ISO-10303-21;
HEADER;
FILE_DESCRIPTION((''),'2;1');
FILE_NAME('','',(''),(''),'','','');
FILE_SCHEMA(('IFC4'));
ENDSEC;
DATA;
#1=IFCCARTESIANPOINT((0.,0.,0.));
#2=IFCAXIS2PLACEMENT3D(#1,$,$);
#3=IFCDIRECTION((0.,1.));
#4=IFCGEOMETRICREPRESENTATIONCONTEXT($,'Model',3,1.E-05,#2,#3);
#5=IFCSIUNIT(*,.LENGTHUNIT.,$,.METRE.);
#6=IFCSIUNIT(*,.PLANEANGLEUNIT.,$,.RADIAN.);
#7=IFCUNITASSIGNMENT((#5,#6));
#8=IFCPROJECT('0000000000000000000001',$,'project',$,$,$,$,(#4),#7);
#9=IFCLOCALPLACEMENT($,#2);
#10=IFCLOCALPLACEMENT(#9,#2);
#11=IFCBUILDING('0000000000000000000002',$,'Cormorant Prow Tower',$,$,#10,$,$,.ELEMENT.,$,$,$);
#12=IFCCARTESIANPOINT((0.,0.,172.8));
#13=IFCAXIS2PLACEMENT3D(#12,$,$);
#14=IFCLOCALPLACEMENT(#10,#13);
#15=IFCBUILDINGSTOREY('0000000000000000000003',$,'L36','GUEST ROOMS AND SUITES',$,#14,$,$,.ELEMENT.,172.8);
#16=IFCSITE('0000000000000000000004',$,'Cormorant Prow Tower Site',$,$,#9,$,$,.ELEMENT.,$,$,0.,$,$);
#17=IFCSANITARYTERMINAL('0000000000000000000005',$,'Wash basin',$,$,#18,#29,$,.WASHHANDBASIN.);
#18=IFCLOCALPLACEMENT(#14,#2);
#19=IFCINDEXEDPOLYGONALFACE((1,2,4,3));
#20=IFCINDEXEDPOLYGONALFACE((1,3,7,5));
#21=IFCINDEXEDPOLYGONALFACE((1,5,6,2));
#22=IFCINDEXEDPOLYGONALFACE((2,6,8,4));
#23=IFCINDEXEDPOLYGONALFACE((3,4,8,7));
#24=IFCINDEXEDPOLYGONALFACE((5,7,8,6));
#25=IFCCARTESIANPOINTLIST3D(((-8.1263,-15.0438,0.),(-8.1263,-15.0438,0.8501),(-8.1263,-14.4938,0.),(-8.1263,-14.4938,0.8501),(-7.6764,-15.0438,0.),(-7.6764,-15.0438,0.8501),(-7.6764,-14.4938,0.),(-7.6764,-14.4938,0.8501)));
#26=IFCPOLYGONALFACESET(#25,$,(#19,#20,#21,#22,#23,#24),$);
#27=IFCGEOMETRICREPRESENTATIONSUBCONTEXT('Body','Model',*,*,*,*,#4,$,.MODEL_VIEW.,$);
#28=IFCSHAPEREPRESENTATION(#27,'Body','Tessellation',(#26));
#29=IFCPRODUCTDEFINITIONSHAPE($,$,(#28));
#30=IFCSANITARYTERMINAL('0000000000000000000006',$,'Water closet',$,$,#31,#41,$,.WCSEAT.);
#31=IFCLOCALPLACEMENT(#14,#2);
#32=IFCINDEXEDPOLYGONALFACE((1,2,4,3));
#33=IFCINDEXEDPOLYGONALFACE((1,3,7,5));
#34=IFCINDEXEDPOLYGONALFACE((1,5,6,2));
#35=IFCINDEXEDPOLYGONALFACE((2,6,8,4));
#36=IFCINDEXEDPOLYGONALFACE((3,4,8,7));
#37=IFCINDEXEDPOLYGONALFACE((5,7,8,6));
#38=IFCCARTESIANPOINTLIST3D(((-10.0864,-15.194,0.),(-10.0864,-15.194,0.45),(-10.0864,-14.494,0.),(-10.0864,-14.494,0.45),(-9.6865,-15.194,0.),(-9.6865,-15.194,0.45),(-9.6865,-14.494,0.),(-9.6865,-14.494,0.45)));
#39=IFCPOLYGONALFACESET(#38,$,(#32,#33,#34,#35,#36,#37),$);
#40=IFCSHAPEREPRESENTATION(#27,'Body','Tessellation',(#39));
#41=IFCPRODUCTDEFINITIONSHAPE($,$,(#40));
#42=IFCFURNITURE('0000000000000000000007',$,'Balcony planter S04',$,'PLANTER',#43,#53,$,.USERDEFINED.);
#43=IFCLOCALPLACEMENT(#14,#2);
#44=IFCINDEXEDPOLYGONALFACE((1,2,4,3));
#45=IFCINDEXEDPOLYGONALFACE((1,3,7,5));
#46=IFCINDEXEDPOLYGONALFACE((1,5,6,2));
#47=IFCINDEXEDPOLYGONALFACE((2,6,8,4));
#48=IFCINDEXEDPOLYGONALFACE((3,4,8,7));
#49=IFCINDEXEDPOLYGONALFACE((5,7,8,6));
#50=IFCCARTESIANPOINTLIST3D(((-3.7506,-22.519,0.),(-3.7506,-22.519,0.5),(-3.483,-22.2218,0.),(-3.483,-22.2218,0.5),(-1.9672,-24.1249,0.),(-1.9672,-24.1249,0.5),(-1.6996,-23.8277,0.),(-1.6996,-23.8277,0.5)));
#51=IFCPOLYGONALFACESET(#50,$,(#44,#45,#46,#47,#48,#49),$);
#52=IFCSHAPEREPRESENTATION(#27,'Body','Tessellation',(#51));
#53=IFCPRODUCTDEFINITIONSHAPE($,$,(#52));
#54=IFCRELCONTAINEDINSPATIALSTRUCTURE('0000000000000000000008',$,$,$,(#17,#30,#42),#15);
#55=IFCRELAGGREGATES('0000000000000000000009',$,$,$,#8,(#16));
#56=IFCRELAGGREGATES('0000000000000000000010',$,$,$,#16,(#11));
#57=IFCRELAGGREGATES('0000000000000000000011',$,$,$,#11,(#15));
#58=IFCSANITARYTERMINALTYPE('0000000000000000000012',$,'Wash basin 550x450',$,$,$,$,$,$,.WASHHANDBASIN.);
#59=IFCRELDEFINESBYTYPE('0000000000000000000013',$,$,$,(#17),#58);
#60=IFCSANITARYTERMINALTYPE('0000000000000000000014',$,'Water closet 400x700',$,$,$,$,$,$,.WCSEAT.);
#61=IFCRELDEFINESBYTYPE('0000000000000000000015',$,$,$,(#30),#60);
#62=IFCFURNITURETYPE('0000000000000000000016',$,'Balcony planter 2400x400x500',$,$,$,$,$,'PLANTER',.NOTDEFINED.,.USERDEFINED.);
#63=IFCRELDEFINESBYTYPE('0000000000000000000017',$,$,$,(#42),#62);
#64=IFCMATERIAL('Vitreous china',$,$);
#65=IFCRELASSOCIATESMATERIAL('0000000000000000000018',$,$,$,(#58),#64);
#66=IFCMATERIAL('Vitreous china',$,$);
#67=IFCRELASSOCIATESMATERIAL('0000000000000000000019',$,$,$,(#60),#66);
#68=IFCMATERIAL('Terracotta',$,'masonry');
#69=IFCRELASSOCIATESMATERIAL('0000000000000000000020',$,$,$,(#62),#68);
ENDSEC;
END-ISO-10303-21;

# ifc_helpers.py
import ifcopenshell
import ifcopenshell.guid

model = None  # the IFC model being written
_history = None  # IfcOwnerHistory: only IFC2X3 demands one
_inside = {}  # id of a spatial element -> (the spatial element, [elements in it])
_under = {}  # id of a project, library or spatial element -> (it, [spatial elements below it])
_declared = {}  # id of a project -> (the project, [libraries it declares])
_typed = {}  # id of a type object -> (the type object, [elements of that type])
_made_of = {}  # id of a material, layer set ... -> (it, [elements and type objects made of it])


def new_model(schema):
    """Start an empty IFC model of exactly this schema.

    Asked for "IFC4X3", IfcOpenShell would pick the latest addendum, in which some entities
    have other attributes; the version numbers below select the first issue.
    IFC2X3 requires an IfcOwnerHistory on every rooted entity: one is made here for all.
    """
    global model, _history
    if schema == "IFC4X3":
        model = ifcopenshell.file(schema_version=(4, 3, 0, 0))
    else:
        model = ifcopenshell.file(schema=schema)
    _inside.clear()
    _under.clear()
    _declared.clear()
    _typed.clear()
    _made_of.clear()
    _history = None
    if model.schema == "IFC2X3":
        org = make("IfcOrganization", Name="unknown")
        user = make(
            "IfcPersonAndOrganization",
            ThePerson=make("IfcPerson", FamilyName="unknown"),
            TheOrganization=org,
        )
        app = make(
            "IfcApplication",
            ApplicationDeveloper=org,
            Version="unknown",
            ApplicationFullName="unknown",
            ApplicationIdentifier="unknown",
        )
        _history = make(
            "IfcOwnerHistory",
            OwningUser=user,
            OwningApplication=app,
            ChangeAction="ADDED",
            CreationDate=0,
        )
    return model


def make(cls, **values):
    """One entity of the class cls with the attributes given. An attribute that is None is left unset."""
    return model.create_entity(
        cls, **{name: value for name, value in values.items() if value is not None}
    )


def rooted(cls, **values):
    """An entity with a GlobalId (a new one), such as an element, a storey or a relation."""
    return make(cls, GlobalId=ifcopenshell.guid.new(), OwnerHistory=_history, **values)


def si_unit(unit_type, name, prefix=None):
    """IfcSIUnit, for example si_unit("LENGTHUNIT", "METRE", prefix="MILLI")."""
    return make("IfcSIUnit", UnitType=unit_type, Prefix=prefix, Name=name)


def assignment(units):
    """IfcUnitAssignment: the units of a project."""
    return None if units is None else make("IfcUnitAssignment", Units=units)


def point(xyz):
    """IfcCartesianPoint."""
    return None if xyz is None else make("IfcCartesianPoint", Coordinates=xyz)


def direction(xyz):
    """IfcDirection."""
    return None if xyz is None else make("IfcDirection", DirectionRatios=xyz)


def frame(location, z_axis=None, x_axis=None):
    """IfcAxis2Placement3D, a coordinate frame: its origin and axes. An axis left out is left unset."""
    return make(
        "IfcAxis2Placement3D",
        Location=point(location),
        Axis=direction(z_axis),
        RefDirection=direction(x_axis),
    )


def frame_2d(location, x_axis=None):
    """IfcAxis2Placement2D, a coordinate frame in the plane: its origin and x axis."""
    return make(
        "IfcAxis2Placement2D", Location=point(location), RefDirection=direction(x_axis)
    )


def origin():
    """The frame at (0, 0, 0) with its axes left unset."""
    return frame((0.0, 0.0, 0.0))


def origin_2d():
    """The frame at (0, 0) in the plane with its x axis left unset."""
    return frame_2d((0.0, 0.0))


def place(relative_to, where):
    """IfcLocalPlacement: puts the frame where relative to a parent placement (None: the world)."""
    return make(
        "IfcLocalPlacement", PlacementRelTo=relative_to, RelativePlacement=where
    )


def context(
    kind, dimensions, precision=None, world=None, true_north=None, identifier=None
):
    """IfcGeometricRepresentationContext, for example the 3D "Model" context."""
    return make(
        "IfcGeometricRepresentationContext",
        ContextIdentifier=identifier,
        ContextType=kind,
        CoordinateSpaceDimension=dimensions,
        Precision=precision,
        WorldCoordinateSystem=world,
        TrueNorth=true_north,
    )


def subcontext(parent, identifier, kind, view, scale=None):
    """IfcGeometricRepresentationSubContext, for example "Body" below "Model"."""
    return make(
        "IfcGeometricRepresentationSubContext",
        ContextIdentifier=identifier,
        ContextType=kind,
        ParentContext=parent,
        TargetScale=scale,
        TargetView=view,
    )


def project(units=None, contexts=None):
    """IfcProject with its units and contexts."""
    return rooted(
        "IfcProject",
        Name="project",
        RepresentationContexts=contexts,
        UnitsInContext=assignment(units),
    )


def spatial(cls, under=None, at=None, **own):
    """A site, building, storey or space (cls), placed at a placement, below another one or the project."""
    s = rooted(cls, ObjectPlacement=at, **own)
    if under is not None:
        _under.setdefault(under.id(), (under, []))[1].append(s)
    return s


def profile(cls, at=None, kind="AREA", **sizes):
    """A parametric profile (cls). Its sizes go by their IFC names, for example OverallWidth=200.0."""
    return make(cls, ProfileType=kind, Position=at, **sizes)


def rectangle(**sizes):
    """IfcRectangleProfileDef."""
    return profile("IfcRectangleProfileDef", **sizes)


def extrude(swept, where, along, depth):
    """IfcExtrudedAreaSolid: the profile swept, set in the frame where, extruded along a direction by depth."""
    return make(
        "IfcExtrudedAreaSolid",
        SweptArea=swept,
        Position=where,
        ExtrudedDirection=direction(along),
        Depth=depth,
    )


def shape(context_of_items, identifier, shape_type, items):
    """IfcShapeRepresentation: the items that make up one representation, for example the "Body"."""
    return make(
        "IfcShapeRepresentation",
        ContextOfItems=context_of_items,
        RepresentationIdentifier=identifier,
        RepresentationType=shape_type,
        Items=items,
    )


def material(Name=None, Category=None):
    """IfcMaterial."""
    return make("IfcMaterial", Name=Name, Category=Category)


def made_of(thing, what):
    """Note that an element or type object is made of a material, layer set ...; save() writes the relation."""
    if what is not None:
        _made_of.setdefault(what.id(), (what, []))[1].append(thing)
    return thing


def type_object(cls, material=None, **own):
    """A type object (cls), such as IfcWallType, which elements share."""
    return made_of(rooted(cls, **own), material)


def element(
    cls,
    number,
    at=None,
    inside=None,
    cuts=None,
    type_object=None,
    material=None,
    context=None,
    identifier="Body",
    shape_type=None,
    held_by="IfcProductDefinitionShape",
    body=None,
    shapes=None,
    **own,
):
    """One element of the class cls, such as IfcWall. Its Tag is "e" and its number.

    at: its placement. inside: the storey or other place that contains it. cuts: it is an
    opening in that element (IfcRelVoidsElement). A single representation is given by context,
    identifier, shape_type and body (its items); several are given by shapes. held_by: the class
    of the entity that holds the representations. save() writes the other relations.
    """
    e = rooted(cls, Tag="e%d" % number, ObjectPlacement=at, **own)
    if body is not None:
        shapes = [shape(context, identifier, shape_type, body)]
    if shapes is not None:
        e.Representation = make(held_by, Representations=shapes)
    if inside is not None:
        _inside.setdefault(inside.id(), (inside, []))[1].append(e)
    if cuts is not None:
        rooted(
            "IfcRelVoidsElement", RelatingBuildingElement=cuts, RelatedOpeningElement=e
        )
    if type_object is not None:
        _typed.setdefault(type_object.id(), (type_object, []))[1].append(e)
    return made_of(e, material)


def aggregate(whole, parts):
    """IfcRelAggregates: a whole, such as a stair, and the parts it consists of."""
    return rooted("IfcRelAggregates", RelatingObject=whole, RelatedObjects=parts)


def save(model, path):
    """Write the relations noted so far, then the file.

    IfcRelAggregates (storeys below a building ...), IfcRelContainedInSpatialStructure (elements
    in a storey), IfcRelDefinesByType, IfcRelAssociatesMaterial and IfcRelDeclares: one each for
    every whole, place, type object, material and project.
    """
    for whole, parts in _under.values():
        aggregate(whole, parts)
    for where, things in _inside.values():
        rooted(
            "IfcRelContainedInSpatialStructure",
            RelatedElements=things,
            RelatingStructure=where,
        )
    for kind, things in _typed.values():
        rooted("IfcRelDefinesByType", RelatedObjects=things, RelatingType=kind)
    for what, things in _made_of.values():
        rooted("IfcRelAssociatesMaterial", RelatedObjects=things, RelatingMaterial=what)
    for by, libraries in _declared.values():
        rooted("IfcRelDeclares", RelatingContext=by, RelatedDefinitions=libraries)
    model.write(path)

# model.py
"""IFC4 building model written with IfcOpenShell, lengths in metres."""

from ifc_helpers import new_model, si_unit, direction, frame, origin, origin_2d, place, context, subcontext, project, spatial, rectangle, extrude, material, type_object, element, save


model = new_model("IFC4")

# Units and contexts
model_context = context("Model", 3, precision=1e-05, world=origin(), true_north=direction((0.0, 1.0)))
body_context = subcontext(model_context, "Body", "Model", "MODEL_VIEW")
ifc_project = project(units=[si_unit("LENGTHUNIT", "METRE"), si_unit("PLANEANGLEUNIT", "RADIAN")], contexts=[model_context])

# Site, building, storey
site_placement = place(None, origin())
site = spatial("IfcSite", under=ifc_project, at=site_placement, Name="Cormorant Prow Tower Site", CompositionType="ELEMENT", RefElevation=0.0)
building_placement = place(site_placement, origin())
building = spatial("IfcBuilding", under=site, at=building_placement, Name="Cormorant Prow Tower", CompositionType="ELEMENT")
storey_placement = place(building_placement, frame((0.0, 0.0, 172.8)))
storey = spatial("IfcBuildingStorey", under=building, at=storey_placement, Name="L36", Description="GUEST ROOMS AND SUITES", CompositionType="ELEMENT", Elevation=172.8)

# Sanitary terminals
ifc_material_1 = material(Name="Vitreous china")
sanitary_terminal_type_1 = type_object("IfcSanitaryTerminalType", Name="Wash basin 550x450", PredefinedType="WASHHANDBASIN", material=ifc_material_1)
sanitary_terminal_1_placement = place(storey_placement, frame((-7.9014, -14.7688, 0.0), z_axis=(0.0, 0.0, 1.0), x_axis=(0.0, -1.0, 0.0)))
element("IfcSanitaryTerminal", 1, at=sanitary_terminal_1_placement, inside=storey, type_object=sanitary_terminal_type_1, Name="Wash basin", PredefinedType="WASHHANDBASIN", context=body_context, shape_type="SweptSolid", body=[
    extrude(rectangle(XDim=0.55, YDim=0.45, at=origin_2d()), origin(), (0.0, 0.0, 1.0), 0.8501),
])
ifc_material_2 = material(Name="Vitreous china")
sanitary_terminal_type_2 = type_object("IfcSanitaryTerminalType", Name="Water closet 400x700", PredefinedType="WCSEAT", material=ifc_material_2)
sanitary_terminal_2_placement = place(storey_placement, frame((-9.8865, -14.844, 0.0), z_axis=(0.0, 0.0, 1.0), x_axis=(1.0, 0.0, 0.0)))
element("IfcSanitaryTerminal", 2, at=sanitary_terminal_2_placement, inside=storey, type_object=sanitary_terminal_type_2, Name="Water closet", PredefinedType="WCSEAT", context=body_context, shape_type="SweptSolid", body=[
    extrude(rectangle(XDim=0.3999, YDim=0.7, at=origin_2d()), origin(), (0.0, 0.0, 1.0), 0.45),
])

# Furniture
ifc_material_3 = material(Name="Terracotta", Category="masonry")
furniture_type = type_object("IfcFurnitureType", Name="Balcony planter 2400x400x500", ElementType="PLANTER", AssemblyPlace="NOTDEFINED", PredefinedType="USERDEFINED", material=ifc_material_3)
furniture_placement = place(storey_placement, frame((-2.7251, -23.1733, 0.0), z_axis=(0.0, 0.0, 1.0), x_axis=(0.743145, -0.669131, 0.0)))
element("IfcFurniture", 3, at=furniture_placement, inside=storey, type_object=furniture_type, Name="Balcony planter S04", ObjectType="PLANTER", PredefinedType="USERDEFINED", context=body_context, shape_type="SweptSolid", body=[
    extrude(rectangle(XDim=2.3999, YDim=0.3999, at=origin_2d()), origin(), (0.0, 0.0, 1.0), 0.5),
])

save(model, "model.ifc")
